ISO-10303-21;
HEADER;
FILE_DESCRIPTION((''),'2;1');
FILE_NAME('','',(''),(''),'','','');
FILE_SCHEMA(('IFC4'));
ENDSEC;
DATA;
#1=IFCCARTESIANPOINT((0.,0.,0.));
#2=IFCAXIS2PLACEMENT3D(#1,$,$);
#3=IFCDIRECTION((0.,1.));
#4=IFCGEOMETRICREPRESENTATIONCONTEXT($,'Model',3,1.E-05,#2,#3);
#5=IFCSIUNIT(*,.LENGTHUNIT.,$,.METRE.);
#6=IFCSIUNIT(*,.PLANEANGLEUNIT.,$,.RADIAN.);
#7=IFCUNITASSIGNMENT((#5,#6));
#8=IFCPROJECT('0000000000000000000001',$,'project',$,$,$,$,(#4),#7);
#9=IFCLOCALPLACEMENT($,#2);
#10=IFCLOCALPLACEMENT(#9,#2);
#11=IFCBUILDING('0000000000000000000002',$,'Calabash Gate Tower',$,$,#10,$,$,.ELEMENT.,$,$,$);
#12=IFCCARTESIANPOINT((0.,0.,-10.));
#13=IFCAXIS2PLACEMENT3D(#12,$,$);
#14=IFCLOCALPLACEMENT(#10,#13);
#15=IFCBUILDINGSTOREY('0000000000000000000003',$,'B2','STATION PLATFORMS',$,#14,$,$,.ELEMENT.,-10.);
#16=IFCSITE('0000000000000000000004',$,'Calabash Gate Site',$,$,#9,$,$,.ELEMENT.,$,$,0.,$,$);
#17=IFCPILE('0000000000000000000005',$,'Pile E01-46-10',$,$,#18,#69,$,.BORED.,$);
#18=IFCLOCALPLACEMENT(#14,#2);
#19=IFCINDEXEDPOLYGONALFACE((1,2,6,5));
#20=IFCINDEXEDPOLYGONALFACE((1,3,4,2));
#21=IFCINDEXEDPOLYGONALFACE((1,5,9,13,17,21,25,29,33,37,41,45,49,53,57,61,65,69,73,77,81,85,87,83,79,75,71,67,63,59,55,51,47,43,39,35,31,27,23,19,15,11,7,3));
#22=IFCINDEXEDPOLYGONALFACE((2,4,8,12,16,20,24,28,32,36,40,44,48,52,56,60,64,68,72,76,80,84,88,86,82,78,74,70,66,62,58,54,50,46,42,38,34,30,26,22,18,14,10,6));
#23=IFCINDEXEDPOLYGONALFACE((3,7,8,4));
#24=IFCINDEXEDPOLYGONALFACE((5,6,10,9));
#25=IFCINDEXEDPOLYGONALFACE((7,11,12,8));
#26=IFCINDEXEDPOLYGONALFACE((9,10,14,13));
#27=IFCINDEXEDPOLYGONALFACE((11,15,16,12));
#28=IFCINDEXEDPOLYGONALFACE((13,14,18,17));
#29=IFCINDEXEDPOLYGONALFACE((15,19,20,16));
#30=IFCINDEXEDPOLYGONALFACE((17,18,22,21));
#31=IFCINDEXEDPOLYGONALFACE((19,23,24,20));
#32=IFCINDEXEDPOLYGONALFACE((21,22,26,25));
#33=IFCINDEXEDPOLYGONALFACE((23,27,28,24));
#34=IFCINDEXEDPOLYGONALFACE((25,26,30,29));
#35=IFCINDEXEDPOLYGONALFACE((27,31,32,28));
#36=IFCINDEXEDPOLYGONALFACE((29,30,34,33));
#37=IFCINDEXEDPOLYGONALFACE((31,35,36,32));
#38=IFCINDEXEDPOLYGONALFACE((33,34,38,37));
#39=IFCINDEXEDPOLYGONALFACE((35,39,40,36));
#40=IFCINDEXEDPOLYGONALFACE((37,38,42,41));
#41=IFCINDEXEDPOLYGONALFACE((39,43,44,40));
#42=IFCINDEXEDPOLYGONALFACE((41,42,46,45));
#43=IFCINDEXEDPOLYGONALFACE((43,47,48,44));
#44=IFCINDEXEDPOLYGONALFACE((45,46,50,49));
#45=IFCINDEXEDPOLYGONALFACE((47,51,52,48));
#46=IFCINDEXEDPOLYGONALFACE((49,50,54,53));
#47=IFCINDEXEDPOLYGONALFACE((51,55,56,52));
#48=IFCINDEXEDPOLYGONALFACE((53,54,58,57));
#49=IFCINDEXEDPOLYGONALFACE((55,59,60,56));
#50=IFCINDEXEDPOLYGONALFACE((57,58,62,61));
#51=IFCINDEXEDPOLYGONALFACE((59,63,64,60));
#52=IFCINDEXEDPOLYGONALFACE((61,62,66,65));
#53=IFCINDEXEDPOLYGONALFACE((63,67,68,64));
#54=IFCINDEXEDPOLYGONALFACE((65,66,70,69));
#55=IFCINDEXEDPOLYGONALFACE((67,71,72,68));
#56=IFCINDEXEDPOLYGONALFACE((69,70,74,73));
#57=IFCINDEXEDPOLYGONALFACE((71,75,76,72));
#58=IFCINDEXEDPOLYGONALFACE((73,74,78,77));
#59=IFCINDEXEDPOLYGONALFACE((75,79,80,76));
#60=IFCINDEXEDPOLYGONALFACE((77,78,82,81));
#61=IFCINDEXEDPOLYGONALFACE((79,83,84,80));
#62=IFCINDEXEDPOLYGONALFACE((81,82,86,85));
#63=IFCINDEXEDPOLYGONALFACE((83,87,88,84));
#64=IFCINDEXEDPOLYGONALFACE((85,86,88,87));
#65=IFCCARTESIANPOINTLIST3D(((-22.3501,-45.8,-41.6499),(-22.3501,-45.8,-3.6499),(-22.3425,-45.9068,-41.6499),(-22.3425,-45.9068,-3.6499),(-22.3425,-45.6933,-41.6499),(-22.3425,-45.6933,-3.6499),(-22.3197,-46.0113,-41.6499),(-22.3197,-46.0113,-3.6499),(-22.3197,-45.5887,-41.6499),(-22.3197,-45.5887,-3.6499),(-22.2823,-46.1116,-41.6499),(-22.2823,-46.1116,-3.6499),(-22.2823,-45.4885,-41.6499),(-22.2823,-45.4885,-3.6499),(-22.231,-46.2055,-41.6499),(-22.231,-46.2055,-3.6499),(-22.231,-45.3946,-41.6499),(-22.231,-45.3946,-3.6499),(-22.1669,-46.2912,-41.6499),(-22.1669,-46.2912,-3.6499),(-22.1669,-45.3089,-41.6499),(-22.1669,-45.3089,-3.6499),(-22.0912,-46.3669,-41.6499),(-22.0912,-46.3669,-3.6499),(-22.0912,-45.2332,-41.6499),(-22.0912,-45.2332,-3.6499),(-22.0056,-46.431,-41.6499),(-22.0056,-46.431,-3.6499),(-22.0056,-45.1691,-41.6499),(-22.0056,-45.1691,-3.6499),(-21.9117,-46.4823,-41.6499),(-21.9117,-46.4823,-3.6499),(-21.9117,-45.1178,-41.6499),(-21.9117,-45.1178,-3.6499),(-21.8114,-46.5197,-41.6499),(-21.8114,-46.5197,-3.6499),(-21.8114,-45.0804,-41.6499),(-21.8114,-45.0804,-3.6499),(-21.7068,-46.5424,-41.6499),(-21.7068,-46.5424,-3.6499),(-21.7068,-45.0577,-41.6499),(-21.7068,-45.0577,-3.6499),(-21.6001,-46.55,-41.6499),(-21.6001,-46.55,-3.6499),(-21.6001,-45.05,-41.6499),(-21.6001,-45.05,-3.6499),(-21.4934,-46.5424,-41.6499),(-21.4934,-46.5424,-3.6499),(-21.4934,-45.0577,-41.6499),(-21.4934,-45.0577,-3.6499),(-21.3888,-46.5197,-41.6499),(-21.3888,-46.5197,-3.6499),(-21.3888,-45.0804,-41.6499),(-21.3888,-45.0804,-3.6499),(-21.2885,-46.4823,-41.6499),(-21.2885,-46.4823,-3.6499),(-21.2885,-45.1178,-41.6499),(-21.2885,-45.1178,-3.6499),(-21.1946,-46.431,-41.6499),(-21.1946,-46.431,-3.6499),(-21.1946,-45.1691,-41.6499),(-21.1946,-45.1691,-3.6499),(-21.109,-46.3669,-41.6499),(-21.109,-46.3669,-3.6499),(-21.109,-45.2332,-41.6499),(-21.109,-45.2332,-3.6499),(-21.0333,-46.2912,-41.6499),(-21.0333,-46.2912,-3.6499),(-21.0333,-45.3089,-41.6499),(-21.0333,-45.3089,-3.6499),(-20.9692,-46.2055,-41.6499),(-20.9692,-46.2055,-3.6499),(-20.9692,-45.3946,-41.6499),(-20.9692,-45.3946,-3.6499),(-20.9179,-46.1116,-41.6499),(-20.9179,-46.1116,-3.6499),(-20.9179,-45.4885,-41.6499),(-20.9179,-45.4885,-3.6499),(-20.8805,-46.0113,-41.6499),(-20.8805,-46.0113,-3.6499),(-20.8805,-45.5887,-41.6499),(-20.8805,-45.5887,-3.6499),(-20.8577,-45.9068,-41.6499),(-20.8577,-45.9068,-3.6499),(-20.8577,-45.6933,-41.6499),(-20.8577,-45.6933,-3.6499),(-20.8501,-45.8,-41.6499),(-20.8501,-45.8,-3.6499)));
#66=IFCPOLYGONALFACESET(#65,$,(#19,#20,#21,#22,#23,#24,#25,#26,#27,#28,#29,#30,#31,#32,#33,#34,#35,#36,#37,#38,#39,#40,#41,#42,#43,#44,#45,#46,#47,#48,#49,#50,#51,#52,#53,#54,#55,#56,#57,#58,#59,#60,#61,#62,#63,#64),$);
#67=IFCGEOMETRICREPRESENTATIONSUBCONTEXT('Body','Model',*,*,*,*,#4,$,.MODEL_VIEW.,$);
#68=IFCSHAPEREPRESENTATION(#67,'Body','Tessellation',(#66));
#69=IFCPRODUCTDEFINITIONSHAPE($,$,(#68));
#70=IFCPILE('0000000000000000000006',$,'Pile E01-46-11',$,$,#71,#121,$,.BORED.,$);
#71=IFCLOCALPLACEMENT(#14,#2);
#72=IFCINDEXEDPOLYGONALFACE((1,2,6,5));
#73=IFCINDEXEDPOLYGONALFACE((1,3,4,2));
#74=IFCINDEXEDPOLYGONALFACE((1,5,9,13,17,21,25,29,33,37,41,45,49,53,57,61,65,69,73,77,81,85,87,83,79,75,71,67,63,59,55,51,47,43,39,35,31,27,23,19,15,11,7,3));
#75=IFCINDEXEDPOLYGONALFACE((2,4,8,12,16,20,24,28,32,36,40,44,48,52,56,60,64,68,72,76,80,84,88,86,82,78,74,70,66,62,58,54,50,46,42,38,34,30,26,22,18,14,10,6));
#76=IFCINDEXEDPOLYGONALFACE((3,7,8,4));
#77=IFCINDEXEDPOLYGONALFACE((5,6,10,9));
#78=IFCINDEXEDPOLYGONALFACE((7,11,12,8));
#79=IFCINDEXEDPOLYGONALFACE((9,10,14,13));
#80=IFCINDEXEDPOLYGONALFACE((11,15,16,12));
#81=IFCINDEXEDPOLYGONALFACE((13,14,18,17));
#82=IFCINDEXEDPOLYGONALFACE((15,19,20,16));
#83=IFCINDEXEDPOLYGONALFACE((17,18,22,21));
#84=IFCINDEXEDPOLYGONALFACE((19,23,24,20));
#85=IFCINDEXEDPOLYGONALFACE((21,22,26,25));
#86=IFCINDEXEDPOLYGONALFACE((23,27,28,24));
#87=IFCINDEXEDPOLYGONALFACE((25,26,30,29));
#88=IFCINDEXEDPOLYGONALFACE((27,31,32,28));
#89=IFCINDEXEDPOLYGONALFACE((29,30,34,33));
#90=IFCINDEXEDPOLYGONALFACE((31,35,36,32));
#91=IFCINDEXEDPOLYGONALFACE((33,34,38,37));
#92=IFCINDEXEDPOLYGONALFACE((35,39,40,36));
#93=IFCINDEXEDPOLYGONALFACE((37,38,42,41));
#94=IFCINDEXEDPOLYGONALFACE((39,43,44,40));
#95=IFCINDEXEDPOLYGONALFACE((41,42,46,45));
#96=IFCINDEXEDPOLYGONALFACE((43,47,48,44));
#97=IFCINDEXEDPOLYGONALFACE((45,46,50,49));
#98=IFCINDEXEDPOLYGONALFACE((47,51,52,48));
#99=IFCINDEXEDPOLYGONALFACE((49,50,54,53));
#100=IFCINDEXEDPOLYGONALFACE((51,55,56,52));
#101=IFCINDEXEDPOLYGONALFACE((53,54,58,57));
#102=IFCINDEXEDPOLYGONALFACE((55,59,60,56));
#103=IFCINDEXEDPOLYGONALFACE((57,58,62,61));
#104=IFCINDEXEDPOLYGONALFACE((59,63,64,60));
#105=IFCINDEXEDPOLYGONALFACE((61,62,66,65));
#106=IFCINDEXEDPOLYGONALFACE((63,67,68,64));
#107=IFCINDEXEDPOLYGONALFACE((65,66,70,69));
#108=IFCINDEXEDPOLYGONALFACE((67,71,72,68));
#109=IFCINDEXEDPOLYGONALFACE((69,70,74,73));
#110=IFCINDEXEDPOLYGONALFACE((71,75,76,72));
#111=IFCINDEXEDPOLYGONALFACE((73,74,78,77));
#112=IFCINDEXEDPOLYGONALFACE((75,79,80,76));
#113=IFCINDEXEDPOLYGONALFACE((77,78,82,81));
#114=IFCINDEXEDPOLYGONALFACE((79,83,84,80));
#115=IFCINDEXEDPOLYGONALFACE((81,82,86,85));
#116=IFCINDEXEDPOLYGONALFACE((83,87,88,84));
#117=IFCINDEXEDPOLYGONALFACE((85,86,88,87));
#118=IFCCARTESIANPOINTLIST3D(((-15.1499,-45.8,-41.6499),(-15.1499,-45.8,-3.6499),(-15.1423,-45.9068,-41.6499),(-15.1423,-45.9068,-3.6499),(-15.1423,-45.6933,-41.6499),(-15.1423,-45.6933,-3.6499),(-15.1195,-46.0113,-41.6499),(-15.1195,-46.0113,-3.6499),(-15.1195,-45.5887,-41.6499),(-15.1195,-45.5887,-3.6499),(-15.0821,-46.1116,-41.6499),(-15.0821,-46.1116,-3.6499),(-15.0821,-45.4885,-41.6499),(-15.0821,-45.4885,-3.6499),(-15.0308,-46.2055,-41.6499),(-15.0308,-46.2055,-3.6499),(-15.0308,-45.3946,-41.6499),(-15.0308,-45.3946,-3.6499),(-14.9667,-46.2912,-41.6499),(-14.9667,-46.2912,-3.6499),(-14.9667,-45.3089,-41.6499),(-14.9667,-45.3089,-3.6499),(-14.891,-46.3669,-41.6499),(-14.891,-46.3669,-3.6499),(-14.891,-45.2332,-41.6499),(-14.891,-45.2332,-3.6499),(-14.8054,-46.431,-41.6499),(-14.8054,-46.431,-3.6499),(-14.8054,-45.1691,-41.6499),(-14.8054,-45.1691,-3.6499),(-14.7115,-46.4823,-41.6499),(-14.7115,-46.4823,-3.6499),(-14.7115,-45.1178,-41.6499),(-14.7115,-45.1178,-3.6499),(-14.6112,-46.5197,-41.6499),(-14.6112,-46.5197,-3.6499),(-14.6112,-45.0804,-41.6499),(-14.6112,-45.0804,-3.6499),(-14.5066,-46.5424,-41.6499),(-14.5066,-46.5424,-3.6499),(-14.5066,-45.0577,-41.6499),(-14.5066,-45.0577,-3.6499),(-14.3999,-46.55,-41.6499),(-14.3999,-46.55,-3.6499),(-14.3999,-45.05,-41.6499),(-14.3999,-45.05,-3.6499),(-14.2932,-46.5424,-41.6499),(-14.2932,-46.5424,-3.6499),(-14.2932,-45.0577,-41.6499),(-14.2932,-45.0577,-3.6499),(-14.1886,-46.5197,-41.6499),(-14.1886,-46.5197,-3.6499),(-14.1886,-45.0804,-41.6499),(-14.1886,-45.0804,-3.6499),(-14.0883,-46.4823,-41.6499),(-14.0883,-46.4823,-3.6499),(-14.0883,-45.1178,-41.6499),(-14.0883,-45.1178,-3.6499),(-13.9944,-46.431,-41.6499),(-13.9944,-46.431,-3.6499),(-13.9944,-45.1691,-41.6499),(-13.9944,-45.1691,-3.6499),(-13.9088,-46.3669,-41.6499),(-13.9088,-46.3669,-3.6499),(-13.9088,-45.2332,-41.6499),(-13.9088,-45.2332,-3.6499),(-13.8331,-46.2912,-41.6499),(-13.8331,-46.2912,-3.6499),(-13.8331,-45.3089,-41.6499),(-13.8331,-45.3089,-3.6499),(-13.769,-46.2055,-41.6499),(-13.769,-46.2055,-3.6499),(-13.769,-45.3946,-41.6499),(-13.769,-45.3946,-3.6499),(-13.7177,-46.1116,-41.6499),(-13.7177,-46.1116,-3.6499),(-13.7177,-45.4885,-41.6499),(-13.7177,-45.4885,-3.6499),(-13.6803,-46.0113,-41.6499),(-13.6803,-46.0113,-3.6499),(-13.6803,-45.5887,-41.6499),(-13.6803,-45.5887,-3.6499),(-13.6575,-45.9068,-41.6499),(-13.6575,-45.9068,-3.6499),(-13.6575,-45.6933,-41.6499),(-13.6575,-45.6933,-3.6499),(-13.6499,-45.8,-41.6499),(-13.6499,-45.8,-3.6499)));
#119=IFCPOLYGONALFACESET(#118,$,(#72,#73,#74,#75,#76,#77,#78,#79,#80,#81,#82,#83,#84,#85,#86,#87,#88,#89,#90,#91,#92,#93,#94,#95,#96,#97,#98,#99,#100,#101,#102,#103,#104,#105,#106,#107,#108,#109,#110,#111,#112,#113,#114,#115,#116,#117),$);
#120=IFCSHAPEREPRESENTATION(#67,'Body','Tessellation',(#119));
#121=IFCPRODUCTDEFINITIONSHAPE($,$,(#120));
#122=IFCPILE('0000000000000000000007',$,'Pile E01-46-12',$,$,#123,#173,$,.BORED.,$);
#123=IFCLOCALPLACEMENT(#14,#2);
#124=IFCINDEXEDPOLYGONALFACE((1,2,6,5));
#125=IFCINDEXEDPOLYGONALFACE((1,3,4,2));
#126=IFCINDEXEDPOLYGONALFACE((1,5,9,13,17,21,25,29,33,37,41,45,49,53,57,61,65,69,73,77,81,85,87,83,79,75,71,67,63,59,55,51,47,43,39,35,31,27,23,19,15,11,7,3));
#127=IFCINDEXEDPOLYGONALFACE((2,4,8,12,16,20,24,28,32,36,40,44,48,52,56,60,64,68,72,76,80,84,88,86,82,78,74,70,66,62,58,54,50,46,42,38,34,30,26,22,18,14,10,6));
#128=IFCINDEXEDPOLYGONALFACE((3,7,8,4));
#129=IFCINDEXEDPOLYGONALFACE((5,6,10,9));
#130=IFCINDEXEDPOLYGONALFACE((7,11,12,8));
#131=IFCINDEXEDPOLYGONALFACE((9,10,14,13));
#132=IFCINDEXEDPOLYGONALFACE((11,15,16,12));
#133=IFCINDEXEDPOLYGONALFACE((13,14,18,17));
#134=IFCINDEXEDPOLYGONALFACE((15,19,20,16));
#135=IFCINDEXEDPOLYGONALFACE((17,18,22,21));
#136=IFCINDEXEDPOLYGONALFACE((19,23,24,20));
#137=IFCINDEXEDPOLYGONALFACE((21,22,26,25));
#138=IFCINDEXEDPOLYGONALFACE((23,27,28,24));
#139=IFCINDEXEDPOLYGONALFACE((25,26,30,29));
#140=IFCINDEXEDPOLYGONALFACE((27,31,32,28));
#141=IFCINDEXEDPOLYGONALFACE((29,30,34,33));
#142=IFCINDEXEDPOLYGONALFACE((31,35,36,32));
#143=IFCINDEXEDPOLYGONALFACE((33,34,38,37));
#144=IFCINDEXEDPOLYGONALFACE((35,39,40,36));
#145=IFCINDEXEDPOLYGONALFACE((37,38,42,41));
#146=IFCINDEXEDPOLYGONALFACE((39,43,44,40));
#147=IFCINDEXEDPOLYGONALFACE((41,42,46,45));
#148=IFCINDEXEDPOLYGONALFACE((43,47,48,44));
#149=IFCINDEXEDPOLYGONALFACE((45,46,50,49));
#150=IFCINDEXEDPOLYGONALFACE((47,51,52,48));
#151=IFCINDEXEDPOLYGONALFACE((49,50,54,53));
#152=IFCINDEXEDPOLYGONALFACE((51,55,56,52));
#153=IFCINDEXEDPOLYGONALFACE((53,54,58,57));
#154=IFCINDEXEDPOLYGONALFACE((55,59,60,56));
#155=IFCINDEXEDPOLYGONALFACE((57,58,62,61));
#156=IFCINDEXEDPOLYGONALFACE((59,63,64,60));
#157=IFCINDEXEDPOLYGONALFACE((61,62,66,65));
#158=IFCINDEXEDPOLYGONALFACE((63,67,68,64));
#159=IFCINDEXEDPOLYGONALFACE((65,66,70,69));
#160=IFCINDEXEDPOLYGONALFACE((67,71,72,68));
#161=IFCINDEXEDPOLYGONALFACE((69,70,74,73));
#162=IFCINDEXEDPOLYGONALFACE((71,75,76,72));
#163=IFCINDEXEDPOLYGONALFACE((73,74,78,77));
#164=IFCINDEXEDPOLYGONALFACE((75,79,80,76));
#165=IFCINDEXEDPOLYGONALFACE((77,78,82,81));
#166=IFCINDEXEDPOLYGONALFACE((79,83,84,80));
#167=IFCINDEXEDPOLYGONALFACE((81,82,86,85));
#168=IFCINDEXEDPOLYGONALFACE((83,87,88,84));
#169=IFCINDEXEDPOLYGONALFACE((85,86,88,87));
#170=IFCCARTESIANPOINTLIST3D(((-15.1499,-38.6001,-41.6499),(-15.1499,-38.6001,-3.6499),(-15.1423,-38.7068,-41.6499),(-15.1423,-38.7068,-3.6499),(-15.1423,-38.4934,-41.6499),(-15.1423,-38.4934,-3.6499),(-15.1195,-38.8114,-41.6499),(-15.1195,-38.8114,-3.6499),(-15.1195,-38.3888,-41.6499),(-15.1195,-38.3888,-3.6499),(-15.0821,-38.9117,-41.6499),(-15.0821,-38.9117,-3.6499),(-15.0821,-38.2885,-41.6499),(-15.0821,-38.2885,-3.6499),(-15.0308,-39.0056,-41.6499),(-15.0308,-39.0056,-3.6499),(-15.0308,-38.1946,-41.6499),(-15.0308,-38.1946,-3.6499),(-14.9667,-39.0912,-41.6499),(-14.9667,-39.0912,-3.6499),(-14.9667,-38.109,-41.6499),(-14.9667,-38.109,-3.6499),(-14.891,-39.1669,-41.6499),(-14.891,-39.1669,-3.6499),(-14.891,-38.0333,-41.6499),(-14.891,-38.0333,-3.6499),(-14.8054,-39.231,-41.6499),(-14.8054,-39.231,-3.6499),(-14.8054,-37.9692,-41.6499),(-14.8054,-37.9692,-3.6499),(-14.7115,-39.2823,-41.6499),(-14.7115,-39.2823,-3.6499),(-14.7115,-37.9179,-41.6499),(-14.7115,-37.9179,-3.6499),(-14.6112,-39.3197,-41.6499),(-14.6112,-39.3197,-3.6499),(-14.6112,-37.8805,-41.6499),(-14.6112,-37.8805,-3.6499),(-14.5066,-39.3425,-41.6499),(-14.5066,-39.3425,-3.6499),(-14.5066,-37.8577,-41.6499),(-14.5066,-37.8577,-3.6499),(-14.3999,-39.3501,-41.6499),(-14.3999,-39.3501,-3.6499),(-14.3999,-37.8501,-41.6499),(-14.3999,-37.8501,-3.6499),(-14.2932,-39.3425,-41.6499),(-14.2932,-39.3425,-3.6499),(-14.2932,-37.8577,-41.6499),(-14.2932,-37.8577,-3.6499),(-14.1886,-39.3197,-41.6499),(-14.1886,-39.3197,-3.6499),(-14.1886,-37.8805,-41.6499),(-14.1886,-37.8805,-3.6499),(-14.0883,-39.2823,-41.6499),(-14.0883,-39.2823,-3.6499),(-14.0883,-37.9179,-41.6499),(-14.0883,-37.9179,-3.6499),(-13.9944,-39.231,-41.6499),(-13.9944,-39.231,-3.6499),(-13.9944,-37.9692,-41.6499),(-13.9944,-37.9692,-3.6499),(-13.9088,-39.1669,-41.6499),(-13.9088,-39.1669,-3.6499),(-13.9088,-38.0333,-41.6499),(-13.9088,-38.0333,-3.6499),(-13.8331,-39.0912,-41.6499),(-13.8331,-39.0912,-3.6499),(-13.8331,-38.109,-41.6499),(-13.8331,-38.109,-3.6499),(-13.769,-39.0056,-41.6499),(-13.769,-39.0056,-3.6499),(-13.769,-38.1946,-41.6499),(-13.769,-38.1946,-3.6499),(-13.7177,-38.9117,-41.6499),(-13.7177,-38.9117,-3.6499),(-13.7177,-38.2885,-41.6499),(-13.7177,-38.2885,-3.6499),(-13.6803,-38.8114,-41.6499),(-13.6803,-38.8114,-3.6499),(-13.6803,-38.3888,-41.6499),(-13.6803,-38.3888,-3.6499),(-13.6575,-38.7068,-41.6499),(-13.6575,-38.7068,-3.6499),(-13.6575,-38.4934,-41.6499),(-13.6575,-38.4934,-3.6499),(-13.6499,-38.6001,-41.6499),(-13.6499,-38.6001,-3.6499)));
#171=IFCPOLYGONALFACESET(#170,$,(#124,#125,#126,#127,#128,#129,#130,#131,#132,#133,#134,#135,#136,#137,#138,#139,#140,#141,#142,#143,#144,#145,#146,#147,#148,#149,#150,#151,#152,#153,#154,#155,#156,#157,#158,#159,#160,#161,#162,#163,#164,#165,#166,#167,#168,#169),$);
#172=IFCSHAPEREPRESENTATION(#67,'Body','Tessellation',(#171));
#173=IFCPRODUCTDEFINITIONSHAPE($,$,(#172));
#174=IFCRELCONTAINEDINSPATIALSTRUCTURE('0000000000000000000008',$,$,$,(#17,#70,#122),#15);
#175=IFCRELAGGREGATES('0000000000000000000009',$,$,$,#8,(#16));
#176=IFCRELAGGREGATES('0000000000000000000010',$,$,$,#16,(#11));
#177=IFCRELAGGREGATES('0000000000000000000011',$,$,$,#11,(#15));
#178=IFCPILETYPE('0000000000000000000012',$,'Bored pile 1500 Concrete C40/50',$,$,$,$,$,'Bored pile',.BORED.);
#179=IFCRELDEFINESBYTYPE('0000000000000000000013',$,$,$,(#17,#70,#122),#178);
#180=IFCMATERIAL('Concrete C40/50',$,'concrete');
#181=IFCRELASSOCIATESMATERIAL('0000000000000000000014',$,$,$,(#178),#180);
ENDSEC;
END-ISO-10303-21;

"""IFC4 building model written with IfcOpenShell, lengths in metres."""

from ifc_helpers import new_model, si_unit, direction, frame, origin, origin_2d, place, context, subcontext, project, spatial, circle, extrude, material, material_profile, profile_set, type_object, element, save


model = new_model("IFC4")

# Units and contexts
model_context = context("Model", 3, precision=1e-05, world=origin(), true_north=direction((0.0, 1.0)))
body_context = subcontext(model_context, "Body", "Model", "MODEL_VIEW")
ifc_project = project(units=[si_unit("LENGTHUNIT", "METRE"), si_unit("PLANEANGLEUNIT", "RADIAN")], contexts=[model_context])

# Site, building, storey
site_placement = place(None, origin())
site = spatial("IfcSite", under=ifc_project, at=site_placement, Name="Calabash Gate Site", CompositionType="ELEMENT", RefElevation=0.0)
building_placement = place(site_placement, origin())
building = spatial("IfcBuilding", under=site, at=building_placement, Name="Calabash Gate Tower", CompositionType="ELEMENT")
storey_placement = place(building_placement, frame((0.0, 0.0, -10.0)))
storey = spatial("IfcBuildingStorey", under=building, at=storey_placement, Name="B2", Description="STATION PLATFORMS", CompositionType="ELEMENT", Elevation=-10.0)

# Piles
ifc_material_1 = material(Name="Concrete C40/50", Category="concrete")
ifc_material_profile_1 = material_profile(ifc_material_1, circle(Radius=0.75, at=origin_2d()))
ifc_profile_set_1 = profile_set([ifc_material_profile_1], Name="Concrete C40/50")
pile_type_1 = type_object("IfcPileType", Name="Bored pile 1500 Concrete C40/50", ElementType="Bored pile", PredefinedType="BORED", material=ifc_profile_set_1)
for number, where, z_axis, x_axis, name in (
    (1, (-21.6001, -45.8, -3.6499), (0.0, 0.0, -1.0), (1.0, 0.0, 0.0), "Pile E01-46-10"),
    (2, (-14.3999, -45.8, -3.6499), (0.0, 0.0, -1.0), (1.0, 0.0, 0.0), "Pile E01-46-11"),
    (3, (-14.3999, -38.6001, -3.6499), (0.0, 0.0, -1.0), (1.0, 0.0, 0.0), "Pile E01-46-12"),
):
    element("IfcPile", number, at=place(storey_placement, frame(where, z_axis=z_axis, x_axis=x_axis)), inside=storey, type_object=pile_type_1, Name=name, PredefinedType="BORED", context=body_context, shape_type="SweptSolid", body=[
        extrude(circle(Radius=0.75, at=origin_2d()), origin(), (0.0, 0.0, 1.0), 38.0),
    ])

save(model, "model.ifc")
